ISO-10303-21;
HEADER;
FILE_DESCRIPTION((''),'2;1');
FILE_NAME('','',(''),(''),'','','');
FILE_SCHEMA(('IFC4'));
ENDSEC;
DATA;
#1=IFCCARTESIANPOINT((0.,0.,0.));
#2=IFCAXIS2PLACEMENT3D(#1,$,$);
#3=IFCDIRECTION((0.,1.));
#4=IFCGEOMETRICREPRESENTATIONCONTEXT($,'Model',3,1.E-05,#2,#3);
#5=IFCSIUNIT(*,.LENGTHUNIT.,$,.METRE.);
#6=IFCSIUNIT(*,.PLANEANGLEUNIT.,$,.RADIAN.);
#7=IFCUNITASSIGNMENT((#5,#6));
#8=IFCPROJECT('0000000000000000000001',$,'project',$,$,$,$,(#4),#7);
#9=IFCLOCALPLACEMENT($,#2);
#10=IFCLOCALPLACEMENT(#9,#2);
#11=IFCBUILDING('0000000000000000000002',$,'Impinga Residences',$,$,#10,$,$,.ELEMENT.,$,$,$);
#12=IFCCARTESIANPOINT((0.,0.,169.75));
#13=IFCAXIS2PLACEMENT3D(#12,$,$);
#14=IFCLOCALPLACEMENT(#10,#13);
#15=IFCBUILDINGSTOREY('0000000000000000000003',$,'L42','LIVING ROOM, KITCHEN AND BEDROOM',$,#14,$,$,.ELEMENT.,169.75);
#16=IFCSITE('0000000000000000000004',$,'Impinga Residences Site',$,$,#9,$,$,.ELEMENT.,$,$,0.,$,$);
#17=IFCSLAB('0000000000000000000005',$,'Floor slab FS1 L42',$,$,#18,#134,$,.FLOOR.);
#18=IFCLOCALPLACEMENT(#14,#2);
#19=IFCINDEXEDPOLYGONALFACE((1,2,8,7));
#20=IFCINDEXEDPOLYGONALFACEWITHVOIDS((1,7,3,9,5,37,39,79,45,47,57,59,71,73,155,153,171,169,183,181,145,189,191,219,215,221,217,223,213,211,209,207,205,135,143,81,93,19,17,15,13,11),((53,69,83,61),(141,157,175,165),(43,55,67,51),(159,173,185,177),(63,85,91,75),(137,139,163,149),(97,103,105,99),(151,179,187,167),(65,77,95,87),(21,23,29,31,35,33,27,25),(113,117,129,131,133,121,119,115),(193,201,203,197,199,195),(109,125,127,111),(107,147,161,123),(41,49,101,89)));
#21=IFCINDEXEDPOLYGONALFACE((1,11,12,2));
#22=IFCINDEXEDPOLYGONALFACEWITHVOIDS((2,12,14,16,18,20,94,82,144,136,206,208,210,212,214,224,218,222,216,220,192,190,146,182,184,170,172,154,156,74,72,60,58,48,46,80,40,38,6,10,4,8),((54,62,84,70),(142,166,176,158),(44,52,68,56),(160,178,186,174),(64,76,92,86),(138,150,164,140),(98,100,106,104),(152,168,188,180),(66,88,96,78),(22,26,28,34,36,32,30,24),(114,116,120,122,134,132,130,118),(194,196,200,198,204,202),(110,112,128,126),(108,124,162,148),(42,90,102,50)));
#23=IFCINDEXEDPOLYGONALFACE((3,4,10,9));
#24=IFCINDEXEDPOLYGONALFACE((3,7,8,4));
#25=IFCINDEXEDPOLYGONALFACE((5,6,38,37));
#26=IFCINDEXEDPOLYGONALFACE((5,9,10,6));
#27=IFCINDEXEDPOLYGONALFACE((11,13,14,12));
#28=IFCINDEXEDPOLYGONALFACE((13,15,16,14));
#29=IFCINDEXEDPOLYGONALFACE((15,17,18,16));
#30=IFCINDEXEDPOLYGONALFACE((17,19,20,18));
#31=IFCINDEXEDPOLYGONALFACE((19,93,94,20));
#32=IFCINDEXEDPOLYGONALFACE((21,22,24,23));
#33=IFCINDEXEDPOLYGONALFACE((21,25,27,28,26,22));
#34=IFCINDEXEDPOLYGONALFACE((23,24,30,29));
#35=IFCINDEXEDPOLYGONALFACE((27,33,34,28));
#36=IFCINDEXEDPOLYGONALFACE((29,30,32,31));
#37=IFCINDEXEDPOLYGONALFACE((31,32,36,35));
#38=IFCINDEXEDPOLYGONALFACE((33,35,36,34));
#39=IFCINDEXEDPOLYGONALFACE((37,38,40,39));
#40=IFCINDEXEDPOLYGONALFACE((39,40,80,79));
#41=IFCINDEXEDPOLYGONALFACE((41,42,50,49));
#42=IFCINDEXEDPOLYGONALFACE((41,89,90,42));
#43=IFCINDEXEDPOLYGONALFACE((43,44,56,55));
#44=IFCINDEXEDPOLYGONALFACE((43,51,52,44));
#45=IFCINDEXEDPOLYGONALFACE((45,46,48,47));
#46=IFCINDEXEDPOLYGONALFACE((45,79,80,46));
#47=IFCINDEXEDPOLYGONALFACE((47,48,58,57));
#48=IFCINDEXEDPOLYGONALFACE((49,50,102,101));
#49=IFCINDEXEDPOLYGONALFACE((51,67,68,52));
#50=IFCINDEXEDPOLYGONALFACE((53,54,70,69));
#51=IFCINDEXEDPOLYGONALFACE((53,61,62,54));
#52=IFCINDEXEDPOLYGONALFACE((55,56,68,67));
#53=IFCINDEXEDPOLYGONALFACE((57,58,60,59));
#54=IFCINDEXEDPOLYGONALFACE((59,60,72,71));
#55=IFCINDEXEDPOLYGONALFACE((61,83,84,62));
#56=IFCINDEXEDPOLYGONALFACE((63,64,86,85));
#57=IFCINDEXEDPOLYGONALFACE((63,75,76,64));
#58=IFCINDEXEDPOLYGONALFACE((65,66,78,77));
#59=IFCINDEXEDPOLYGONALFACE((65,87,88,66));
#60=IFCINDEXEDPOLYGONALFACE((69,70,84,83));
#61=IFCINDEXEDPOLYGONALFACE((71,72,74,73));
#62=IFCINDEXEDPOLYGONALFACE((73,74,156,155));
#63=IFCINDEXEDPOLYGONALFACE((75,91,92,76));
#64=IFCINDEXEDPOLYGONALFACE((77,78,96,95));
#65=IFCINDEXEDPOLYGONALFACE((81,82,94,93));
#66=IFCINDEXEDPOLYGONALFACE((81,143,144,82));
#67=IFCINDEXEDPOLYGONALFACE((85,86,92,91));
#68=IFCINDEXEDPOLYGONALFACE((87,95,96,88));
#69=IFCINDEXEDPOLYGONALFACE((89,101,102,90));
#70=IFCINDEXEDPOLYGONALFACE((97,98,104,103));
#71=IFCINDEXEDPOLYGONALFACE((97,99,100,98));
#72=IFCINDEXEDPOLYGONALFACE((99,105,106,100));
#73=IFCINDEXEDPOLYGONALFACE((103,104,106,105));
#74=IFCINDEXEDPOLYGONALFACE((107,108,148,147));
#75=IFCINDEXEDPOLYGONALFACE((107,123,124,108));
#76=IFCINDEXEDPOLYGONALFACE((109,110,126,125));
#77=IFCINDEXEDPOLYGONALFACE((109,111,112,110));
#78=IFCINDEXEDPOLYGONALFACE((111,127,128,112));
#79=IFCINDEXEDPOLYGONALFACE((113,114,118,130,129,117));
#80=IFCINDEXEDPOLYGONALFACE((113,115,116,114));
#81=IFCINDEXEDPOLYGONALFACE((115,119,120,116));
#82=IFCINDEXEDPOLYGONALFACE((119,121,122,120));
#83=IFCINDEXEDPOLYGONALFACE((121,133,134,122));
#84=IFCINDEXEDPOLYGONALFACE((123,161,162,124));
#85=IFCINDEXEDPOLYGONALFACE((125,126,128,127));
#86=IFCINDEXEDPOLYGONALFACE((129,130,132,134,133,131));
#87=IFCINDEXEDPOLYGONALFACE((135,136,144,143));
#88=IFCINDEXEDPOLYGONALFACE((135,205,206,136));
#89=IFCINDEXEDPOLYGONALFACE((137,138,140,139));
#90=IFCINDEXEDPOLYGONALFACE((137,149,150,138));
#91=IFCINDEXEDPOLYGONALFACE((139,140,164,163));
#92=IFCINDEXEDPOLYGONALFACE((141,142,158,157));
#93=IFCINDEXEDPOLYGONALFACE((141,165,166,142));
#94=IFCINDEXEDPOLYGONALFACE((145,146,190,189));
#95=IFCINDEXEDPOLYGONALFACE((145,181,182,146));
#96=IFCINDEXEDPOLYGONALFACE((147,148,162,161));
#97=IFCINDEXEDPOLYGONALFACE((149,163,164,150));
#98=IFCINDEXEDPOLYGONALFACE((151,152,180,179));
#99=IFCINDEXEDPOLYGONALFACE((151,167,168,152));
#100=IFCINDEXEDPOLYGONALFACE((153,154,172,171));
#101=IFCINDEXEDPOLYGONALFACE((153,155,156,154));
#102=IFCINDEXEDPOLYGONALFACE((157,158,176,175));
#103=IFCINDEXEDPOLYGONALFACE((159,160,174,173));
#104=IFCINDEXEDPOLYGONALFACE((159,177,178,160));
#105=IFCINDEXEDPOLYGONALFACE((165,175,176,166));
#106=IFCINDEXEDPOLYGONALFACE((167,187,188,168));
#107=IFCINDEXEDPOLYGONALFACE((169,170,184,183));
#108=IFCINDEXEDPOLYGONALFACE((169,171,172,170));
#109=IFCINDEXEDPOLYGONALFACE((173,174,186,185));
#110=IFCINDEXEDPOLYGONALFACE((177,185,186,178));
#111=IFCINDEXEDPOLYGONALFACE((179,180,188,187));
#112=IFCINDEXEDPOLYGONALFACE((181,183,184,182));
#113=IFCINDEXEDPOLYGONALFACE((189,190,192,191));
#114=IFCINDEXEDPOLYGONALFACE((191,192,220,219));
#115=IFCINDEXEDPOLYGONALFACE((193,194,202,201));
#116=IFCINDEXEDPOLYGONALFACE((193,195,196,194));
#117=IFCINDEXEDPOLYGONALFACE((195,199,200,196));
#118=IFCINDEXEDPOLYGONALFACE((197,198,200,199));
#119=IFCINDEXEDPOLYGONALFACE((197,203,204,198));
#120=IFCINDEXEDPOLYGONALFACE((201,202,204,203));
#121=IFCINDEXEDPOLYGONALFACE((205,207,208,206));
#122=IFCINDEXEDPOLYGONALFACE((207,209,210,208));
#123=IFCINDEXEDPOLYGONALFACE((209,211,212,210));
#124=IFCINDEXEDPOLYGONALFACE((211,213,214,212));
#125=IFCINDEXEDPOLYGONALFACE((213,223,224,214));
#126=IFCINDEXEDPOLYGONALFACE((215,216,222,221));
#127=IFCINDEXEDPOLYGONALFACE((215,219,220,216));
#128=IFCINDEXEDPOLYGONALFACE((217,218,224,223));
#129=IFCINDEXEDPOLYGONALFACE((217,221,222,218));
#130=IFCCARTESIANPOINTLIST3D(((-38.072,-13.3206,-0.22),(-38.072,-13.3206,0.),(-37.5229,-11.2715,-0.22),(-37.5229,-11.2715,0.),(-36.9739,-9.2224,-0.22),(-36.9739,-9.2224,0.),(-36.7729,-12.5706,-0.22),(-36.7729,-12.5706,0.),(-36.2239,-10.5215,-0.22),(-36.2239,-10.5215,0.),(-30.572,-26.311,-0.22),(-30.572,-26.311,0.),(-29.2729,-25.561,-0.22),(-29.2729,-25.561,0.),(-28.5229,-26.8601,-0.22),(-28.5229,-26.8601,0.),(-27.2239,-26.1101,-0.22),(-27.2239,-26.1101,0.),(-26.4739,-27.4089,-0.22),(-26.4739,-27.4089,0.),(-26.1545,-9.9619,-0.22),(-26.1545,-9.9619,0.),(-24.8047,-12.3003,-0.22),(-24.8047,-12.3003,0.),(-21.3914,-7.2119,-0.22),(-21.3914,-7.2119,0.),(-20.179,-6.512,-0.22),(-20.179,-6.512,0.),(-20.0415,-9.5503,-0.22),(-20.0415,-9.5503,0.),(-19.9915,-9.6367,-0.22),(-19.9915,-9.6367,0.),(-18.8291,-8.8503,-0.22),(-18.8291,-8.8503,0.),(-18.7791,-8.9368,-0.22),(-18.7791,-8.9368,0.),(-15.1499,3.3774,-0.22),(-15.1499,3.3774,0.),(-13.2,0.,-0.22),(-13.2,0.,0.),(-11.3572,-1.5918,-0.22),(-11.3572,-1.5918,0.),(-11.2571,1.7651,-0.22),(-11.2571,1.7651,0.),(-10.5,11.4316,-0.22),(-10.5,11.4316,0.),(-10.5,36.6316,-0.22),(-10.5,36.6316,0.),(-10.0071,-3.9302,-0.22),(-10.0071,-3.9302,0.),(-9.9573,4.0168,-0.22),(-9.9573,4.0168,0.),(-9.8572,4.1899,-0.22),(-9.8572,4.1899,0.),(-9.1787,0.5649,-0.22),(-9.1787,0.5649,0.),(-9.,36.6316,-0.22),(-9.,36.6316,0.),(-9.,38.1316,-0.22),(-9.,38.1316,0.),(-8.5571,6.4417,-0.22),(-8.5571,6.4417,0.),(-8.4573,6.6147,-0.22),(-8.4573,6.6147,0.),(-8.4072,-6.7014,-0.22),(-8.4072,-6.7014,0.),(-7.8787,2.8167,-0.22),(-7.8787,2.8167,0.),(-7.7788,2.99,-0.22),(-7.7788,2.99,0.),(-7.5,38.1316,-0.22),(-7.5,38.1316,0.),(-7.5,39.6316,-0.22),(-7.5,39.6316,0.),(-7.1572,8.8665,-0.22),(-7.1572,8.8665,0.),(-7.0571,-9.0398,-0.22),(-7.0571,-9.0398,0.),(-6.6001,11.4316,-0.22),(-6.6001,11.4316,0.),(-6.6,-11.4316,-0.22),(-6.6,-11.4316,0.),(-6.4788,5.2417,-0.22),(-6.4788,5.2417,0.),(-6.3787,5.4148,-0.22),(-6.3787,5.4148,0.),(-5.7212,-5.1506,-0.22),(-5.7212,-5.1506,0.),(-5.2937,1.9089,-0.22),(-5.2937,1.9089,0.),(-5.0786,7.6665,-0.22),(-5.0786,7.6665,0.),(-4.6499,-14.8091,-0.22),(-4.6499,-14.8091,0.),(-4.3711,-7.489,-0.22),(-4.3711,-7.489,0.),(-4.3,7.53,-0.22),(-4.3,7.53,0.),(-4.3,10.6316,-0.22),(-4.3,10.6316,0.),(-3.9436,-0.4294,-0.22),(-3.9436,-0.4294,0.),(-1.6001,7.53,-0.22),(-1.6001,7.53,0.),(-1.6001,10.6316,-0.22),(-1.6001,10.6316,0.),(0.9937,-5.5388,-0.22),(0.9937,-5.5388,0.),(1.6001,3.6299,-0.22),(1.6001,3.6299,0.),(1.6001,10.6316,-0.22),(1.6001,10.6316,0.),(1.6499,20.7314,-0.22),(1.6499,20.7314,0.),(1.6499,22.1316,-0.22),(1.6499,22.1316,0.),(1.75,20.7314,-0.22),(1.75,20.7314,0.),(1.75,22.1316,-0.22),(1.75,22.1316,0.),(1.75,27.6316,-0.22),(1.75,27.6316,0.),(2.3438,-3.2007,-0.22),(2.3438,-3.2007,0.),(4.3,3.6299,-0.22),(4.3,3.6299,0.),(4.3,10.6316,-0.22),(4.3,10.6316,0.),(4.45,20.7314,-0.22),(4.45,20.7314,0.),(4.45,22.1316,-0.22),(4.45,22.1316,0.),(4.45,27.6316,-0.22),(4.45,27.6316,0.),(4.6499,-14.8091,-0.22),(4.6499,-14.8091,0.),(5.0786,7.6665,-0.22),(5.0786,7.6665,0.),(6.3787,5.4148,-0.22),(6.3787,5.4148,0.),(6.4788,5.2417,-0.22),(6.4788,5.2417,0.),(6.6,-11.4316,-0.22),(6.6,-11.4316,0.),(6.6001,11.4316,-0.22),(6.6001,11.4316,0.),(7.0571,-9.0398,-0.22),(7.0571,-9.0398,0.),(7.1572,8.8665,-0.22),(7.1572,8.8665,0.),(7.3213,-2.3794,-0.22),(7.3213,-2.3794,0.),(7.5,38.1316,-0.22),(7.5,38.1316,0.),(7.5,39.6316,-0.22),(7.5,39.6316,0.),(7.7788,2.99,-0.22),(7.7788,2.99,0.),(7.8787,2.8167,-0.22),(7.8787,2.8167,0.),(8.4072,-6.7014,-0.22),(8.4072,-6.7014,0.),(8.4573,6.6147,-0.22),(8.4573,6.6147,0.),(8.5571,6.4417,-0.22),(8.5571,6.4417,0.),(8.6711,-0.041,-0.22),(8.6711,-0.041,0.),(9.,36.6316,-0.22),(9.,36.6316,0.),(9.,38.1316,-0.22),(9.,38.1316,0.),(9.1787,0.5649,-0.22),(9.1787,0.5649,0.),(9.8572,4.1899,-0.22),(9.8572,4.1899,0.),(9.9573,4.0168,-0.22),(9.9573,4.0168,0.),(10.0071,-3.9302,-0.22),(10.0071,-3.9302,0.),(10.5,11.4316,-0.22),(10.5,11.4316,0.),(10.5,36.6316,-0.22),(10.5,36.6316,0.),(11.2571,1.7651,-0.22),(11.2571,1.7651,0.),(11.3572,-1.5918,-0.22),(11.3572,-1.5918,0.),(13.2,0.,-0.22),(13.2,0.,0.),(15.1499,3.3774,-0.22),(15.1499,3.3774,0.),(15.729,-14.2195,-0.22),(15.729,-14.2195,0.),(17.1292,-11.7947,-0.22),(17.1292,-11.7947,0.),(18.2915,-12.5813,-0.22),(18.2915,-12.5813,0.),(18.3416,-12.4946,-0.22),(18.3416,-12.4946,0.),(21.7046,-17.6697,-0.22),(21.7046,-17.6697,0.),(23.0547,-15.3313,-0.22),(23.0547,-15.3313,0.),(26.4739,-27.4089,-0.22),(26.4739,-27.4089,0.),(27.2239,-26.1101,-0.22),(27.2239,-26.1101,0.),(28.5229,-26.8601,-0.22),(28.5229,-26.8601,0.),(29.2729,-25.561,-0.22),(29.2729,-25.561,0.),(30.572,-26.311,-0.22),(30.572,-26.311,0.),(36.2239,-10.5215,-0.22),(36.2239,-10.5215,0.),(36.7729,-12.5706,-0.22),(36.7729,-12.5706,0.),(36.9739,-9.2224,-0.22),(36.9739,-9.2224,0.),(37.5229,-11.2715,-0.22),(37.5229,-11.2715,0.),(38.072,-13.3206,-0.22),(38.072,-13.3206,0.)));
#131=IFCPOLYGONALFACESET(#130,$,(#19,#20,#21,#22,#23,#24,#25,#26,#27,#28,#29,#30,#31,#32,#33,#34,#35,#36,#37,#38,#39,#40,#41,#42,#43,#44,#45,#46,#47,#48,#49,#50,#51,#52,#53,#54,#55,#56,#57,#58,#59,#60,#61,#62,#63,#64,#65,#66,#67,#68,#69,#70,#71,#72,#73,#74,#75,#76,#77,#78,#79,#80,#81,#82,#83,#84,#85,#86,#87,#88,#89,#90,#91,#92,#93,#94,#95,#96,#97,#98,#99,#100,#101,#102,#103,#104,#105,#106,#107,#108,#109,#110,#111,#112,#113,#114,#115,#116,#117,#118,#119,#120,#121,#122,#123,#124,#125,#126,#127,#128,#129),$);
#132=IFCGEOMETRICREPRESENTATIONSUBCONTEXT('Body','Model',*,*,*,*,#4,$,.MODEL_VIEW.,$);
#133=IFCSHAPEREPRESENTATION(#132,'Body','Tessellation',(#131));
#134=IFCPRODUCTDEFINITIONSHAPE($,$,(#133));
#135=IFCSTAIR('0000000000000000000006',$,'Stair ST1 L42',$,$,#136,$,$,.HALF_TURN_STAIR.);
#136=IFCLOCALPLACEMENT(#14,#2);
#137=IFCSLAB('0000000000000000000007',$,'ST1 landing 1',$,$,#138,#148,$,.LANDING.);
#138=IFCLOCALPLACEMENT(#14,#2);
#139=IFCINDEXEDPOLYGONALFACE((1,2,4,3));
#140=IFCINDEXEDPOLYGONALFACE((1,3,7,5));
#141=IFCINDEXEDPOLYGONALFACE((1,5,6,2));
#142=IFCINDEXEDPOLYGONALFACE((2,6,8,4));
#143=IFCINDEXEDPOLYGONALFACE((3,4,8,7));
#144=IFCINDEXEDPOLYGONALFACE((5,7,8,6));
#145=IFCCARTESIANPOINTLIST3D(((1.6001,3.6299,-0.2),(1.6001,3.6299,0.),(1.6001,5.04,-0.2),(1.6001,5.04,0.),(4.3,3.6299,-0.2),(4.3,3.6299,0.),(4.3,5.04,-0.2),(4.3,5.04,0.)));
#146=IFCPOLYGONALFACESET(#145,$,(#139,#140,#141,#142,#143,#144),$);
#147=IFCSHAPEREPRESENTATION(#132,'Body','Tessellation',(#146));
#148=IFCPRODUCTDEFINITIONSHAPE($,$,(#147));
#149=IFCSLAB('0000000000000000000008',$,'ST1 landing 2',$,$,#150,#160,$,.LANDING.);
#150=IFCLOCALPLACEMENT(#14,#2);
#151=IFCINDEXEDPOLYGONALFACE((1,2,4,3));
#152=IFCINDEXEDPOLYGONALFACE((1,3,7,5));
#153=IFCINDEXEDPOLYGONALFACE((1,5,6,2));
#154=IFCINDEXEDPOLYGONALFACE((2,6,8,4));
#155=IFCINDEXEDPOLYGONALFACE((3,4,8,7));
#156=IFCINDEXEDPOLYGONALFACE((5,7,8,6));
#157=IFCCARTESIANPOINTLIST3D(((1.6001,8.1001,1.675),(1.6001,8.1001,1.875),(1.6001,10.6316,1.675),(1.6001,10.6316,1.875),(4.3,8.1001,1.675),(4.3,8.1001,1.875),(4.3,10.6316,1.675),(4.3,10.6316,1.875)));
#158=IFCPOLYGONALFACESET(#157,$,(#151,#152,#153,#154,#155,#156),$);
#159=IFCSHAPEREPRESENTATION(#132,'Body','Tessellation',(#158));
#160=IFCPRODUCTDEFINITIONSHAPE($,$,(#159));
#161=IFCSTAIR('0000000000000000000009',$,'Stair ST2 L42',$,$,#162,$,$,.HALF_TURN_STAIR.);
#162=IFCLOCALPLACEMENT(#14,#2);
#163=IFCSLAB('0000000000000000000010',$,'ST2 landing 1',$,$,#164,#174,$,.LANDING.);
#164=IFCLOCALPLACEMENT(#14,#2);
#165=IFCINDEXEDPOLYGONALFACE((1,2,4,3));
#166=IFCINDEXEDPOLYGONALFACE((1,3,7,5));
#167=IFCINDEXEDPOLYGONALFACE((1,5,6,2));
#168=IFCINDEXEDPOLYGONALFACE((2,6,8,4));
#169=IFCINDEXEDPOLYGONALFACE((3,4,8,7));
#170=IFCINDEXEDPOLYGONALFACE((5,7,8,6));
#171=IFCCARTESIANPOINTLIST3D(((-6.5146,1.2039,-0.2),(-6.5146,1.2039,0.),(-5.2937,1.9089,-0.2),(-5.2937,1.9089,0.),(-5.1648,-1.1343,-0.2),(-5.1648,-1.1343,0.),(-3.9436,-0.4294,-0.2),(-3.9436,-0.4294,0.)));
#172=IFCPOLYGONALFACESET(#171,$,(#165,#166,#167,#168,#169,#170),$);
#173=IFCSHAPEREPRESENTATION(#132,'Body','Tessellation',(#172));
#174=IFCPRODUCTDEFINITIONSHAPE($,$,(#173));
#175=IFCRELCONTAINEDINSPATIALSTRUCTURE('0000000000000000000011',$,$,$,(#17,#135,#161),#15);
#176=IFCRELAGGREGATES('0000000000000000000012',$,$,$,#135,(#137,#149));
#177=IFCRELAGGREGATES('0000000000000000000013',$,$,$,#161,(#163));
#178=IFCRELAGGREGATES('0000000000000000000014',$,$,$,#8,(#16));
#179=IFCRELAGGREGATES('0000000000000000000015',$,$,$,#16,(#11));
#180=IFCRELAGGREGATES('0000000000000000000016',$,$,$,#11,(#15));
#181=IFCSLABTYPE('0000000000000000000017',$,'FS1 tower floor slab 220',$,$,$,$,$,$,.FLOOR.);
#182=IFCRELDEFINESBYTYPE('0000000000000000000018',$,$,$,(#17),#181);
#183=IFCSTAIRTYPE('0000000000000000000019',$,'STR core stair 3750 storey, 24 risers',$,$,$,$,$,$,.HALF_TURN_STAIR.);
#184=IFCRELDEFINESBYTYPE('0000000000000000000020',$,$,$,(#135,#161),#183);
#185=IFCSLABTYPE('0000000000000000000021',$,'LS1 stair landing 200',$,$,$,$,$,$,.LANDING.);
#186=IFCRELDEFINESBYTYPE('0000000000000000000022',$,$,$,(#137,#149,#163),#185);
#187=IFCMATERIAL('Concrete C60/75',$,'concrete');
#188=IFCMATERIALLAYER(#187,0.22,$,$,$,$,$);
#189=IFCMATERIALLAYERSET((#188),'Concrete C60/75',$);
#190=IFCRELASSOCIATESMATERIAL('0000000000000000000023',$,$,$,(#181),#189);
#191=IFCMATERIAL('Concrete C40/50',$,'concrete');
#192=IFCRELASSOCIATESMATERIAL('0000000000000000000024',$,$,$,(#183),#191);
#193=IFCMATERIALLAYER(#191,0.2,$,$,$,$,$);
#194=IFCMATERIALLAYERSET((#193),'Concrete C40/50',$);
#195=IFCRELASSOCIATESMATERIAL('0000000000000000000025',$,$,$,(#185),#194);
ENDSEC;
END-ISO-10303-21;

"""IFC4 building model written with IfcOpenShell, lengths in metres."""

from ifc_helpers import new_model, si_unit, direction, frame, origin, place, context, subcontext, project, spatial, polyline, outline, extrude, material, layer, layer_set, type_object, element, aggregate, save


model = new_model("IFC4")

# Units and contexts
model_context = context("Model", 3, precision=1e-05, world=origin(), true_north=direction((0.0, 1.0)))
body_context = subcontext(model_context, "Body", "Model", "MODEL_VIEW")
ifc_project = project(units=[si_unit("LENGTHUNIT", "METRE"), si_unit("PLANEANGLEUNIT", "RADIAN")], contexts=[model_context])

# Site, building, storey
site_placement = place(None, origin())
site = spatial("IfcSite", under=ifc_project, at=site_placement, Name="Impinga Residences Site", CompositionType="ELEMENT", RefElevation=0.0)
building_placement = place(site_placement, origin())
building = spatial("IfcBuilding", under=site, at=building_placement, Name="Impinga Residences", CompositionType="ELEMENT")
storey_placement = place(building_placement, frame((0.0, 0.0, 169.75)))
storey = spatial("IfcBuildingStorey", under=building, at=storey_placement, Name="L42", Description="LIVING ROOM, KITCHEN AND BEDROOM", CompositionType="ELEMENT", Elevation=169.75)

# Slab
ifc_material_1 = material(Name="Concrete C60/75", Category="concrete")
ifc_layer_1 = layer(ifc_material_1, 0.22)
ifc_layer_set_1 = layer_set([ifc_layer_1], Name="Concrete C60/75")
slab_type_1 = type_object("IfcSlabType", Name="FS1 tower floor slab 220", PredefinedType="FLOOR", material=ifc_layer_set_1)
slab_1_placement = place(storey_placement, frame((0.0, 0.0, -0.22)))
element("IfcSlab", 1, at=slab_1_placement, inside=storey, type_object=slab_type_1, Name="Floor slab FS1 L42", PredefinedType="FLOOR", context=body_context, shape_type="SweptSolid", body=[
    extrude(outline(polyline([(-27.2239, -26.1101), (-28.5229, -26.8601), (-29.2729, -25.561), (-30.572, -26.311), (-38.072, -13.3206), (-36.7729, -12.5706), (-37.5229, -11.2715), (-36.2239, -10.5215), (-36.9739, -9.2224), (-15.1499, 3.3774), (-13.2, 0.0), (-6.6001, 11.4316), (-10.5, 11.4316), (-10.5, 36.6316), (-9.0, 36.6316), (-9.0, 38.1316), (-7.5, 38.1316), (-7.5, 39.6316), (7.5, 39.6316), (7.5, 38.1316), (9.0, 38.1316), (9.0, 36.6316), (10.5, 36.6316), (10.5, 11.4316), (6.6001, 11.4316), (13.2, 0.0), (15.1499, 3.3774), (36.9739, -9.2224), (36.2239, -10.5215), (37.5229, -11.2715), (36.7729, -12.5706), (38.072, -13.3206), (30.572, -26.311), (29.2729, -25.561), (28.5229, -26.8601), (27.2239, -26.1101), (26.4739, -27.4089), (4.6499, -14.8091), (9.9001, -5.7158), (6.6001, -11.4316), (-6.6001, -11.4316), (-9.9001, -5.7158), (-4.6499, -14.8091), (-26.4739, -27.4089), (-27.2239, -26.1101)]), holes=[polyline([(-18.7791, -8.9368), (-18.8291, -8.8503), (-18.8291, -8.8503), (-20.179, -6.512), (-21.3914, -7.2119), (-21.3914, -7.2119), (-26.1545, -9.9619), (-24.8047, -12.3003), (-20.0415, -9.5503), (-19.9915, -9.6367), (-18.7791, -8.9368)]), polyline([(-4.3711, -7.489), (-5.7212, -5.1506), (-8.4072, -6.7014), (-7.0571, -9.0398), (-4.3711, -7.489)]), polyline([(-3.9436, -0.4294), (-5.2937, 1.9089), (-11.3572, -1.5918), (-10.0071, -3.9302), (-3.9436, -0.4294)]), polyline([(-7.8787, 2.8167), (-9.9573, 4.0168), (-11.2571, 1.7651), (-9.1787, 0.5649), (-7.8787, 2.8167)]), polyline([(-6.4788, 5.2417), (-8.5571, 6.4417), (-9.8572, 4.1899), (-7.7788, 2.99), (-6.4788, 5.2417)]), polyline([(4.3, 3.6299), (4.3, 10.6316), (1.6001, 10.6316), (1.6001, 3.6299), (4.3, 3.6299)]), polyline([(-6.3787, 5.4148), (-5.0786, 7.6665), (-7.1572, 8.8665), (-8.4573, 6.6147), (-6.3787, 5.4148)]), polyline([(-4.3, 7.53), (-1.6001, 7.53), (-1.6001, 10.6316), (-4.3, 10.6316), (-4.3, 7.53)]), polyline([(4.45, 20.7314), (4.45, 22.1316), (4.45, 27.6316), (1.75, 27.6316), (1.75, 22.1316), (1.6499, 22.1316), (1.6499, 20.7314), (1.75, 20.7314), (4.45, 20.7314)]), polyline([(15.729, -14.2195), (21.7046, -17.6697), (23.0547, -15.3313), (18.2915, -12.5813), (18.3416, -12.4946), (17.1292, -11.7947), (15.729, -14.2195)]), polyline([(2.3438, -3.2007), (0.9937, -5.5388), (7.0571, -9.0398), (8.4072, -6.7014), (2.3438, -3.2007)]), polyline([(7.3213, -2.3794), (10.0071, -3.9302), (11.3572, -1.5918), (8.6711, -0.041), (7.3213, -2.3794)]), polyline([(7.8787, 2.8167), (9.1787, 0.5649), (11.2571, 1.7651), (9.9573, 4.0168), (7.8787, 2.8167)]), polyline([(6.4788, 5.2417), (7.7788, 2.99), (9.8572, 4.1899), (8.5571, 6.4417), (6.4788, 5.2417)]), polyline([(6.3787, 5.4148), (8.4573, 6.6147), (7.1572, 8.8665), (5.0786, 7.6665), (6.3787, 5.4148)])]), origin(), (0.0, 0.0, 1.0), 0.22),
])

# Stairs, slabs
ifc_material_2 = material(Name="Concrete C40/50", Category="concrete")
stair_type_1 = type_object("IfcStairType", Name="STR core stair 3750 storey, 24 risers", PredefinedType="HALF_TURN_STAIR", material=ifc_material_2)
stair_1_placement = place(storey_placement, origin())
stair_1 = element("IfcStair", 2, at=stair_1_placement, inside=storey, type_object=stair_type_1, Name="Stair ST1 L42", PredefinedType="HALF_TURN_STAIR")
ifc_layer_2 = layer(ifc_material_2, 0.2)
ifc_layer_set_2 = layer_set([ifc_layer_2], Name="Concrete C40/50")
slab_type_2 = type_object("IfcSlabType", Name="LS1 stair landing 200", PredefinedType="LANDING", material=ifc_layer_set_2)
slab_2_placement = place(storey_placement, frame((0.0, 0.0, -0.2)))
slab_2 = element("IfcSlab", 3, at=slab_2_placement, type_object=slab_type_2, Name="ST1 landing 1", PredefinedType="LANDING", context=body_context, shape_type="SweptSolid", body=[
    extrude(outline(polyline([(1.6001, 3.6299), (4.3, 3.6299), (4.3, 5.04), (1.6001, 5.04), (1.6001, 3.6299)])), origin(), (0.0, 0.0, 1.0), 0.2),
])
slab_3_placement = place(storey_placement, frame((0.0, 0.0, 1.675)))
slab_3 = element("IfcSlab", 4, at=slab_3_placement, type_object=slab_type_2, Name="ST1 landing 2", PredefinedType="LANDING", context=body_context, shape_type="SweptSolid", body=[
    extrude(outline(polyline([(1.6001, 8.1001), (4.3, 8.1001), (4.3, 10.6316), (1.6001, 10.6316), (1.6001, 8.1001)])), origin(), (0.0, 0.0, 1.0), 0.2),
])
aggregate(stair_1, [slab_2, slab_3])
stair_2_placement = place(storey_placement, origin())
stair_2 = element("IfcStair", 5, at=stair_2_placement, inside=storey, type_object=stair_type_1, Name="Stair ST2 L42", PredefinedType="HALF_TURN_STAIR")
slab_4_placement = place(storey_placement, frame((0.0, 0.0, -0.2)))
slab_4 = element("IfcSlab", 6, at=slab_4_placement, type_object=slab_type_2, Name="ST2 landing 1", PredefinedType="LANDING", context=body_context, shape_type="SweptSolid", body=[
    extrude(outline(polyline([(-3.9436, -0.4294), (-5.2937, 1.9089), (-6.5146, 1.2039), (-5.1648, -1.1343), (-3.9436, -0.4294)])), origin(), (0.0, 0.0, 1.0), 0.2),
])
aggregate(stair_2, [slab_4])

save(model, "model.ifc")
